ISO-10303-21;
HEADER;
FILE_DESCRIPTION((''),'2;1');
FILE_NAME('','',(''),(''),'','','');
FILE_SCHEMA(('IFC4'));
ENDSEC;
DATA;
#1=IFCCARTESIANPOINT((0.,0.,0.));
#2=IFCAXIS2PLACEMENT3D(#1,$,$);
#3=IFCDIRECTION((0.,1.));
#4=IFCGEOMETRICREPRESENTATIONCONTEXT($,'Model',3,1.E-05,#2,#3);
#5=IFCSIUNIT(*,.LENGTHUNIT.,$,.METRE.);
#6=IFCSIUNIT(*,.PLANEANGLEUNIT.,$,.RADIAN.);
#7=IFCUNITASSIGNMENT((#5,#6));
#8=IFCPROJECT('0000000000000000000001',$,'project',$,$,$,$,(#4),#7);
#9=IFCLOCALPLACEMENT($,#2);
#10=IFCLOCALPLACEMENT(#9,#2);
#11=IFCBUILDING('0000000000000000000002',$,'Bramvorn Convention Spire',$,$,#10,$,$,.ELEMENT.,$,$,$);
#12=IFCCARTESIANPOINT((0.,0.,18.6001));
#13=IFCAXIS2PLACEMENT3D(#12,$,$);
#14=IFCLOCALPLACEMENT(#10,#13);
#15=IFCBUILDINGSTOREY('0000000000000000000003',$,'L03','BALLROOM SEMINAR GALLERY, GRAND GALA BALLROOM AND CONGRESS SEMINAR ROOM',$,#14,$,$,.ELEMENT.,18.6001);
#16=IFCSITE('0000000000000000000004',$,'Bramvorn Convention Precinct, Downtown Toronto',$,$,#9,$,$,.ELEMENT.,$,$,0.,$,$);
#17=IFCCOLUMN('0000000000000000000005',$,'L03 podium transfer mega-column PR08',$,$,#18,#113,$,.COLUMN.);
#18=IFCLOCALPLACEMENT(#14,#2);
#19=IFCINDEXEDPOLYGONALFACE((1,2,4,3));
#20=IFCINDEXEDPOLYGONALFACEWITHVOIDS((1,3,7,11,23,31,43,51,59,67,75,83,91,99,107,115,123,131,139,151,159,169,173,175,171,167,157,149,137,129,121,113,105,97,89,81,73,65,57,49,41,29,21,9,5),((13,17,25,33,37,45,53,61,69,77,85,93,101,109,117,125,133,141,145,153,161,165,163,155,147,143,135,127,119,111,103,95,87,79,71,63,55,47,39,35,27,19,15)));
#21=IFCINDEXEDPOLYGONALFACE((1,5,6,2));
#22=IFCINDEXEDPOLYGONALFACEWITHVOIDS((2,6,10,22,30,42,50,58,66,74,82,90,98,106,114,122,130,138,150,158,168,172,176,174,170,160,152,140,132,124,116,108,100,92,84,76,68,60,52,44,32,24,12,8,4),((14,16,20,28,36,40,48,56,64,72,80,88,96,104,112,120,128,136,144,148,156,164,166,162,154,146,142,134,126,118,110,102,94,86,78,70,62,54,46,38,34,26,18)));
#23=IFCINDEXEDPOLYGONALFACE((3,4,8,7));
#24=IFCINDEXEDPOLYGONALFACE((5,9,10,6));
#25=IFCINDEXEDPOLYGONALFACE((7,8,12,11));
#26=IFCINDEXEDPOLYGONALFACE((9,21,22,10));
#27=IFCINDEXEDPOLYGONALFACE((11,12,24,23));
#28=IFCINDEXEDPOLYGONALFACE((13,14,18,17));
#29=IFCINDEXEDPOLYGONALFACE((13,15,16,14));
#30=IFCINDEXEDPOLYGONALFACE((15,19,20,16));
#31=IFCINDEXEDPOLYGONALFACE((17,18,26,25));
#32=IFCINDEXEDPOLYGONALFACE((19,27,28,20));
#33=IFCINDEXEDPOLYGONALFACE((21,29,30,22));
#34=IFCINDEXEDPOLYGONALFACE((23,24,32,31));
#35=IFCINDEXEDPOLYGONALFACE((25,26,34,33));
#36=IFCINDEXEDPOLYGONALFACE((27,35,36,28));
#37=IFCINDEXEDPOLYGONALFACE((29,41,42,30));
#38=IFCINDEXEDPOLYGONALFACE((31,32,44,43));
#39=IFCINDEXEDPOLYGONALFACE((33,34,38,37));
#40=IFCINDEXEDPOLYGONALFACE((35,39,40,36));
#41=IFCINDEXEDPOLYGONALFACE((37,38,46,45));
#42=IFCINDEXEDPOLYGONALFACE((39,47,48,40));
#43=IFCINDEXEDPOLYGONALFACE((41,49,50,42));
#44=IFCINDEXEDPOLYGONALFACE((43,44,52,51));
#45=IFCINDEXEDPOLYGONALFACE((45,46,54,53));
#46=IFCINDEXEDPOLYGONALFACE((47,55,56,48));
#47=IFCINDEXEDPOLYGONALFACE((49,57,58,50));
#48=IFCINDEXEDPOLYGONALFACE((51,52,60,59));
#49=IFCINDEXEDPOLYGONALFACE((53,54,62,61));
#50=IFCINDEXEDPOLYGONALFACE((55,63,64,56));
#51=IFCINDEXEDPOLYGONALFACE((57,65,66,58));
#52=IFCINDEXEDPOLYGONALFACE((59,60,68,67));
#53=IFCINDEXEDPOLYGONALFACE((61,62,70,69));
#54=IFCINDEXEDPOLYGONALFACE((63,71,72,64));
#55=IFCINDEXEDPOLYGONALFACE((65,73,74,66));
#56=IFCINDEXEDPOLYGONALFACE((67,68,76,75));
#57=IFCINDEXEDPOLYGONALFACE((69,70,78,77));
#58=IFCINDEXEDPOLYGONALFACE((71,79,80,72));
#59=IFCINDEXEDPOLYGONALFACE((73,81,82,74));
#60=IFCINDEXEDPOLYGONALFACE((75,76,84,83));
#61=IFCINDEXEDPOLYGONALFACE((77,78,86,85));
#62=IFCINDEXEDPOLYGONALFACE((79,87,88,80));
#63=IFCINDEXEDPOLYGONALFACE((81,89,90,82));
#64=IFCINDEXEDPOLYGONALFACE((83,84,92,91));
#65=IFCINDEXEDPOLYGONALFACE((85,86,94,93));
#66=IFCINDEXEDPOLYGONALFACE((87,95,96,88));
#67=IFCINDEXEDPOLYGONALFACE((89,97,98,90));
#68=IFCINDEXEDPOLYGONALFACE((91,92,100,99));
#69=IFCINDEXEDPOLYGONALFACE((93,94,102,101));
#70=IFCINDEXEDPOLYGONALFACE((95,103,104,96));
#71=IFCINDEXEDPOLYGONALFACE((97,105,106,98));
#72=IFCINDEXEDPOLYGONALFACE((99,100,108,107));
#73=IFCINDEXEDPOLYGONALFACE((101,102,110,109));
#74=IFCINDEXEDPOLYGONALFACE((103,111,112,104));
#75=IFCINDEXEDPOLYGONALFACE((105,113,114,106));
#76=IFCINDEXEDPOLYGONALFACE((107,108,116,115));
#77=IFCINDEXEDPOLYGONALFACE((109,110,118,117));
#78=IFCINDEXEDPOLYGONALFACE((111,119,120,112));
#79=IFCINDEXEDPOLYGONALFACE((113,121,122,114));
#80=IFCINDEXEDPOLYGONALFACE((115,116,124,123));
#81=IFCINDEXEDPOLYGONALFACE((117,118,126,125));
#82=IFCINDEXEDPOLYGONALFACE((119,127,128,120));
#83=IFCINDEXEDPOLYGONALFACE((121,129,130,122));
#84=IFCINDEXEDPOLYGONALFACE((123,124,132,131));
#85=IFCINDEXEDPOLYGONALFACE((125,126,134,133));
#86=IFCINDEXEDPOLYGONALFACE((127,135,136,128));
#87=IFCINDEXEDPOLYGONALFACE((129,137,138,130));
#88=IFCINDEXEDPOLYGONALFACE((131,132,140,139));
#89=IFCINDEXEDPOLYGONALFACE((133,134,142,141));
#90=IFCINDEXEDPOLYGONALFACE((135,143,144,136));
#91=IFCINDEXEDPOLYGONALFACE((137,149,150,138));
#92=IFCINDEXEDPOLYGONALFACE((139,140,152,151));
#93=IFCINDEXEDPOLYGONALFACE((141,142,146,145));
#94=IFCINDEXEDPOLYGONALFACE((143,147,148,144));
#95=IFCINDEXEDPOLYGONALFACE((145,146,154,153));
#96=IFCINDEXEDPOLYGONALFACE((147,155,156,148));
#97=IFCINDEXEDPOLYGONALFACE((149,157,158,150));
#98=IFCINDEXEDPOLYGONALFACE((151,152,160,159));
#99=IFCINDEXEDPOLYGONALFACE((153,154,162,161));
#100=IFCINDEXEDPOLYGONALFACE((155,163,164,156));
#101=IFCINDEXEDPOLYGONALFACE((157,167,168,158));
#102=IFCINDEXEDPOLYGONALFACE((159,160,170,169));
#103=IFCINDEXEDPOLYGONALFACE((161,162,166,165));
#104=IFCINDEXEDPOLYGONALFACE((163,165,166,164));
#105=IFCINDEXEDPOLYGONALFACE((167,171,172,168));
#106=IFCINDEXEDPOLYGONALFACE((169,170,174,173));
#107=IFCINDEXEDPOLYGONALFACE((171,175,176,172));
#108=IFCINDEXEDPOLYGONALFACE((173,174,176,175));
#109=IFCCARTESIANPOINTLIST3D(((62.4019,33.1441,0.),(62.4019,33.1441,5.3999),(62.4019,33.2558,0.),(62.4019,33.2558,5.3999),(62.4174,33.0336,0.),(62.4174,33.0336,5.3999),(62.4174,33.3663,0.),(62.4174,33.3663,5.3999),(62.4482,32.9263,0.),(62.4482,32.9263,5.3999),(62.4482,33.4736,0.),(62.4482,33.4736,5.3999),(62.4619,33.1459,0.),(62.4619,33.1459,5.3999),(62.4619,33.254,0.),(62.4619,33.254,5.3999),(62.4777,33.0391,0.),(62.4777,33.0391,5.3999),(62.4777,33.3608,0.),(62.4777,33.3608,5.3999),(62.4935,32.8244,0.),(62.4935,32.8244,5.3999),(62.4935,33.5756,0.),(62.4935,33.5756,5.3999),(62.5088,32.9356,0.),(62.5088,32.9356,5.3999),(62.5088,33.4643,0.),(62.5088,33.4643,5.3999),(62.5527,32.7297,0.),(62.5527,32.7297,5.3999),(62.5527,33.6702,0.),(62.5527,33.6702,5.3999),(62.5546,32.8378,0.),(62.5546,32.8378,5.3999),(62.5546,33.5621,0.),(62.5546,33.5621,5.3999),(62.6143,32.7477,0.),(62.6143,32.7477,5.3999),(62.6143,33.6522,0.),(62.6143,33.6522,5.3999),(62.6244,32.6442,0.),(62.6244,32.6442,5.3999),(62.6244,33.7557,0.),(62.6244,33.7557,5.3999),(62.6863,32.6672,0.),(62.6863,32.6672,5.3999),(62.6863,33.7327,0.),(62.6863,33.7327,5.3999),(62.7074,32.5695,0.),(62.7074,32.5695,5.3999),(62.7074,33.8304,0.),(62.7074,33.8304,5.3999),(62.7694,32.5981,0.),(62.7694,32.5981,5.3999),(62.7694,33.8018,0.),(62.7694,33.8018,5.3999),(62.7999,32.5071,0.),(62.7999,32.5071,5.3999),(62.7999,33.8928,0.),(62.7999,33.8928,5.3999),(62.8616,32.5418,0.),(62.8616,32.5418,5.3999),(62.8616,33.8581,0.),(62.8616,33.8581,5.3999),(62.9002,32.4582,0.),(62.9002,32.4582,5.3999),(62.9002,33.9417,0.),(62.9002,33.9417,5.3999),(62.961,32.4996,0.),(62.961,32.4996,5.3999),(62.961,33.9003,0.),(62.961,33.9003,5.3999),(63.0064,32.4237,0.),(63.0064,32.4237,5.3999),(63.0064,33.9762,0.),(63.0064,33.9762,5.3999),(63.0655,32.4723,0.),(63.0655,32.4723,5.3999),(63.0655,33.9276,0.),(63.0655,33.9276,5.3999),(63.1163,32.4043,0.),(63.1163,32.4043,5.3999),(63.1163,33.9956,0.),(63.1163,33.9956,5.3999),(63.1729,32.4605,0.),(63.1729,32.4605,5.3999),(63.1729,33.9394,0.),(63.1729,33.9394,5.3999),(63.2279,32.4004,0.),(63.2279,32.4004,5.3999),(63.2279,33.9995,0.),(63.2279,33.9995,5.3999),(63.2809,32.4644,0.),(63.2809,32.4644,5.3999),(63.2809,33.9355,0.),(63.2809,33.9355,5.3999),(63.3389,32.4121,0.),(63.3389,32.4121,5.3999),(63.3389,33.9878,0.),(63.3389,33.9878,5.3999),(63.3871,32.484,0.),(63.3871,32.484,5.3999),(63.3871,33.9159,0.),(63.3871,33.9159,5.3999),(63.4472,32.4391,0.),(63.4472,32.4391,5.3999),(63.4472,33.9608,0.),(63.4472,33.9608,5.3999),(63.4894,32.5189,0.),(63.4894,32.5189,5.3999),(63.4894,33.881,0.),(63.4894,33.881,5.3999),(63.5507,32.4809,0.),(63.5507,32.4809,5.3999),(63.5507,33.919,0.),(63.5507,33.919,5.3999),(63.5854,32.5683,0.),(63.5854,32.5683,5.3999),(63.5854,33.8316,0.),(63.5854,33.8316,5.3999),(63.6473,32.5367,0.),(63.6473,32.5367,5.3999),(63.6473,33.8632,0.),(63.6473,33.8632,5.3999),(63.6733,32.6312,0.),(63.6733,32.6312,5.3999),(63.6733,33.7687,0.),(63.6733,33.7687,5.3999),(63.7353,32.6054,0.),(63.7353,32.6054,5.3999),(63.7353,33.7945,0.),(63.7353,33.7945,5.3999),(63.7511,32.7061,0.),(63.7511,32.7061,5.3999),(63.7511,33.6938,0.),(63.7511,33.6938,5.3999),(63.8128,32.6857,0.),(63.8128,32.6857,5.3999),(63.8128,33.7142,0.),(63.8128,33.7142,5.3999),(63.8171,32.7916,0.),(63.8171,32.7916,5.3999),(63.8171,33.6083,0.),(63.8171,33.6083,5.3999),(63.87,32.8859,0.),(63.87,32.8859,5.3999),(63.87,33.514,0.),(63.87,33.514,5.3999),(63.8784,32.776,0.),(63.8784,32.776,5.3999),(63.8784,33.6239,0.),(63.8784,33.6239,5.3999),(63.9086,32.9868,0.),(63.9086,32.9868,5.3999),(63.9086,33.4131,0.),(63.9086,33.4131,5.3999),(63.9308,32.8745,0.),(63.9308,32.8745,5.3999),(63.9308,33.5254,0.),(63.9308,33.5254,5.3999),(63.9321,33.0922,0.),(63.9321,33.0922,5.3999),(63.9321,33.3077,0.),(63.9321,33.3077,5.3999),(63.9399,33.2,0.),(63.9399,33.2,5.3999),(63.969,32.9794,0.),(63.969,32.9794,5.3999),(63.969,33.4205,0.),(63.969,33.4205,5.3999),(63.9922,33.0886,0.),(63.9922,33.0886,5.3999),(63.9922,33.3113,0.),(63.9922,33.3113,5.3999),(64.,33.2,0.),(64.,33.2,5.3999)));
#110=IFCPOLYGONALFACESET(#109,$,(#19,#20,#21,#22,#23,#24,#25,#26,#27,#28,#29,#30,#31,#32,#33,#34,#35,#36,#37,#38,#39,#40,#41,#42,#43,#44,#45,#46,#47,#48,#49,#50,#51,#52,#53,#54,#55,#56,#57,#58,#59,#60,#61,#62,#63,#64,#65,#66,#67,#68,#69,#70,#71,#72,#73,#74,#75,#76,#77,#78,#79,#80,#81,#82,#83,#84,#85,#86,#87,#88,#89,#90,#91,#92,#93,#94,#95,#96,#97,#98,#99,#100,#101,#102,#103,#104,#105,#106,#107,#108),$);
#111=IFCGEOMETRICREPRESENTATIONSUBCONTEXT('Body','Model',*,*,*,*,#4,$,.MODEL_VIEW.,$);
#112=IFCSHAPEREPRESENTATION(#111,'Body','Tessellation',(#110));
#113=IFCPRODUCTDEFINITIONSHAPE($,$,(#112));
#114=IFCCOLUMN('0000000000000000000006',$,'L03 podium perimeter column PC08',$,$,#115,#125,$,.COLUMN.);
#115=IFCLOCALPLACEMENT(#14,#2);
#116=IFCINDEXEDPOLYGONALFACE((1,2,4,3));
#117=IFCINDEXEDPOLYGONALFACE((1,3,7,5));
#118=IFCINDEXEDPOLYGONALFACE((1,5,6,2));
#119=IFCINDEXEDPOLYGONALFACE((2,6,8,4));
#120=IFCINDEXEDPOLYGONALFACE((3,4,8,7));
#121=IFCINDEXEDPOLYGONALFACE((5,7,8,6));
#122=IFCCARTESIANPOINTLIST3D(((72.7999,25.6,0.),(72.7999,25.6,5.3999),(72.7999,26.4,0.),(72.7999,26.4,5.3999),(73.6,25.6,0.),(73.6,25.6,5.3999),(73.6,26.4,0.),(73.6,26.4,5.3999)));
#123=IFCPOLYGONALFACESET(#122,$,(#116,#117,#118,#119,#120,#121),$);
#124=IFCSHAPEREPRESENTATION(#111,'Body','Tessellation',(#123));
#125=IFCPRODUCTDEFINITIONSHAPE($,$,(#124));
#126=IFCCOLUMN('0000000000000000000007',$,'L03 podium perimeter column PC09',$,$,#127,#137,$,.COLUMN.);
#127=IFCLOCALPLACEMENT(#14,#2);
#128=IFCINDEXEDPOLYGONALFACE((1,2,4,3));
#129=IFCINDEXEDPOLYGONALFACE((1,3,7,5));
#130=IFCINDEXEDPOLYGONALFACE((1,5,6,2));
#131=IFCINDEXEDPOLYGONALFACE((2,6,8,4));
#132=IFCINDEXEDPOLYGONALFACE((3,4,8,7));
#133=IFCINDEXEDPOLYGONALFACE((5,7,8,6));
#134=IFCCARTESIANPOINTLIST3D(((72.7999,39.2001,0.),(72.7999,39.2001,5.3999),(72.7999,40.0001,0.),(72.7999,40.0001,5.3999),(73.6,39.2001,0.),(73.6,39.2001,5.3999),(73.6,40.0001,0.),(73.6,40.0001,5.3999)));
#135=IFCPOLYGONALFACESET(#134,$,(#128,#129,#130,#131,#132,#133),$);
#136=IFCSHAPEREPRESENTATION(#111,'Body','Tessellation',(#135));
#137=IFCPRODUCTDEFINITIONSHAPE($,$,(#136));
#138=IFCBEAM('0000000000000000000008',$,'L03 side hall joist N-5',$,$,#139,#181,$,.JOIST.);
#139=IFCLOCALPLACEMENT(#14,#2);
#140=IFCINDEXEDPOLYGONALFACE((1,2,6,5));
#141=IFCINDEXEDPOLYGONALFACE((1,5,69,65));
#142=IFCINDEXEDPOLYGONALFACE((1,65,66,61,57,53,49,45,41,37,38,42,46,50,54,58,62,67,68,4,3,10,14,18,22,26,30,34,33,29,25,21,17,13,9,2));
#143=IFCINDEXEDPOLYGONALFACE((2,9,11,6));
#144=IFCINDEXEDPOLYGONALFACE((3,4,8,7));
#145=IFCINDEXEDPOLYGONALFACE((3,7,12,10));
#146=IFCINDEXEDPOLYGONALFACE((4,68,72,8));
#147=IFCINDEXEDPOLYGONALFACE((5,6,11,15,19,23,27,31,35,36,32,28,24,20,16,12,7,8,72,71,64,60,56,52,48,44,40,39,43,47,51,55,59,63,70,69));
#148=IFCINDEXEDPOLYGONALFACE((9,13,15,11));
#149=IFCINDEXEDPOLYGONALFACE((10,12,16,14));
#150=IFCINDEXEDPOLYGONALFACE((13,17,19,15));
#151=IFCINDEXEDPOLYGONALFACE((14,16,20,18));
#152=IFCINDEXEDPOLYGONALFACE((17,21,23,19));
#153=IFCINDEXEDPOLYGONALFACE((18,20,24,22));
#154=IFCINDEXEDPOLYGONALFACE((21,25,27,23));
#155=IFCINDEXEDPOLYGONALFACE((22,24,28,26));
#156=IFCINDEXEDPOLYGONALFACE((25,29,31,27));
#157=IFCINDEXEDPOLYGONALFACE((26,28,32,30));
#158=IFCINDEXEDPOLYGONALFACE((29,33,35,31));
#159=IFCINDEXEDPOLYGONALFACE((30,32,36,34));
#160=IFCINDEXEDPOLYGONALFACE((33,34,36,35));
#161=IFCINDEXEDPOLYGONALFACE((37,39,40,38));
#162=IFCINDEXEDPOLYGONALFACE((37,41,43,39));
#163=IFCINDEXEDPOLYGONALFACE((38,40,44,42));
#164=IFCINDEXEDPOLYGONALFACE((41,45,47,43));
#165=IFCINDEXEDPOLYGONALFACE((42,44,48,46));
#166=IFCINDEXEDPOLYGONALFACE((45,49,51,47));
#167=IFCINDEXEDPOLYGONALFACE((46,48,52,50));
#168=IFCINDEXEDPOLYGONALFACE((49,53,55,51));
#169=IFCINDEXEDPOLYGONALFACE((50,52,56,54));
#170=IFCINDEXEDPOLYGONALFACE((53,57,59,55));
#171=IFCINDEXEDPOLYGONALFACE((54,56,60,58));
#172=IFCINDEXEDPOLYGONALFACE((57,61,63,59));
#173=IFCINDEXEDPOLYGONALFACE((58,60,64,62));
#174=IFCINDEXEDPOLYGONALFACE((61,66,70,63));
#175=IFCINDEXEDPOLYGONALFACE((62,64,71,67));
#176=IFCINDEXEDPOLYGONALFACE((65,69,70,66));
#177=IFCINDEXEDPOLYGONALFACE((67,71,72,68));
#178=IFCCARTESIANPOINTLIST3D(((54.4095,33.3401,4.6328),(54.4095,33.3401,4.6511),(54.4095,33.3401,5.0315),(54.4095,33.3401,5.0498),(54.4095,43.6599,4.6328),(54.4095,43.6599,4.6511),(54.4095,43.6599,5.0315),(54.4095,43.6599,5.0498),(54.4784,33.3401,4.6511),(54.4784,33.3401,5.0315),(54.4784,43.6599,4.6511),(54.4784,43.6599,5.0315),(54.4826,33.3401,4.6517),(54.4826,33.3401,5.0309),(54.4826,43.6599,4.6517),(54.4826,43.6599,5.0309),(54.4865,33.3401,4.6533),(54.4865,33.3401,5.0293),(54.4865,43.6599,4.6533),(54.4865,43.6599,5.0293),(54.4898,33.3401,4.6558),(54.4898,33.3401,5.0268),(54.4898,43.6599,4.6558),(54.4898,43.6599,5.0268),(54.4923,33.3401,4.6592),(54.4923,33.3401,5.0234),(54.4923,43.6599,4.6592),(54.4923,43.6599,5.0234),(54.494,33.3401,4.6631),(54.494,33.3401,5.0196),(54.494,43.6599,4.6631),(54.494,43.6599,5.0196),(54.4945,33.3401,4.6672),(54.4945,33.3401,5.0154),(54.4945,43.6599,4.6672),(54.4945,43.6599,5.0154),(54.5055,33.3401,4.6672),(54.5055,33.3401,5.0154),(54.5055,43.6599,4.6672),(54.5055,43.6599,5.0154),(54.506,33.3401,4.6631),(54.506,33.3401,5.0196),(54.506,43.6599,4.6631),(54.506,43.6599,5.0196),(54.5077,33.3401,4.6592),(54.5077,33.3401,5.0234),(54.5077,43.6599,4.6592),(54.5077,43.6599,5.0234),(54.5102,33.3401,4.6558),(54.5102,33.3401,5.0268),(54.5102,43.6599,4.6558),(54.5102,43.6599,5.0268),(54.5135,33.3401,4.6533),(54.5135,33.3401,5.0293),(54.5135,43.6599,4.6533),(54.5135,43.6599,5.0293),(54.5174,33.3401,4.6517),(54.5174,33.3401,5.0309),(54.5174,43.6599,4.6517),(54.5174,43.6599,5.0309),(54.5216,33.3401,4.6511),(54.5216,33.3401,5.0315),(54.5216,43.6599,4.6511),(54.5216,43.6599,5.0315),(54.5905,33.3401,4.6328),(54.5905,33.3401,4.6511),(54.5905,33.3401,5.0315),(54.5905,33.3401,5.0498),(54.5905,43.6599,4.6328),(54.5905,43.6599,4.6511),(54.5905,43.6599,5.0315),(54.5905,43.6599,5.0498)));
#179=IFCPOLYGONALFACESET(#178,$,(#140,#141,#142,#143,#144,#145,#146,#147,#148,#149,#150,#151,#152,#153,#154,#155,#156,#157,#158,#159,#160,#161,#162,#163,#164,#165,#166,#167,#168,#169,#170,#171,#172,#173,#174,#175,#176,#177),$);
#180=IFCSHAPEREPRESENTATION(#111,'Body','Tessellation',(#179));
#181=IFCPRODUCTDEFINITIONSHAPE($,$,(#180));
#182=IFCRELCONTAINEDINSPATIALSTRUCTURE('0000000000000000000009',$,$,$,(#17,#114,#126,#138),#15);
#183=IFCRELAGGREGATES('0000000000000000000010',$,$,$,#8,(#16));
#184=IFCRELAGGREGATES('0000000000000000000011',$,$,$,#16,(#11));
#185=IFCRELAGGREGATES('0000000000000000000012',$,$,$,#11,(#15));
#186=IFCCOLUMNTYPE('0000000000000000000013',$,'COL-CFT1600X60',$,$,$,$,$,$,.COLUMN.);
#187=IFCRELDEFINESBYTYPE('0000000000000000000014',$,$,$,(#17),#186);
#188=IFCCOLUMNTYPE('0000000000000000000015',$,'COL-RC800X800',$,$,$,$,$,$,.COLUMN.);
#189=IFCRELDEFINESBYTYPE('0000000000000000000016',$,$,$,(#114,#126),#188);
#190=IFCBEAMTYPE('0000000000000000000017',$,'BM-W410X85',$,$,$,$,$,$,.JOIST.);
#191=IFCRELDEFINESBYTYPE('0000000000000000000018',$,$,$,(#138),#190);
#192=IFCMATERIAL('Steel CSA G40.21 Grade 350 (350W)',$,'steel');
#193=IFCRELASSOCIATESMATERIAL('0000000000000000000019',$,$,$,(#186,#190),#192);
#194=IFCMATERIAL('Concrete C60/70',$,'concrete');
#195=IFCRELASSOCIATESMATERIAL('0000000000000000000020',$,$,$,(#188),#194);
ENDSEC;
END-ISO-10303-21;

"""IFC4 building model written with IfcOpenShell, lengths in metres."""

from ifc_helpers import new_model, si_unit, direction, frame, origin, origin_2d, place, context, subcontext, project, spatial, rectangle, hollow_circle, i_section, extrude, material, material_profile, profile_set, type_object, element, save


model = new_model("IFC4")

# Units and contexts
model_context = context("Model", 3, precision=1e-05, world=origin(), true_north=direction((0.0, 1.0)))
body_context = subcontext(model_context, "Body", "Model", "MODEL_VIEW")
ifc_project = project(units=[si_unit("LENGTHUNIT", "METRE"), si_unit("PLANEANGLEUNIT", "RADIAN")], contexts=[model_context])

# Site, building, storey
site_placement = place(None, origin())
site = spatial("IfcSite", under=ifc_project, at=site_placement, Name="Bramvorn Convention Precinct, Downtown Toronto", CompositionType="ELEMENT", RefElevation=0.0)
building_placement = place(site_placement, origin())
building = spatial("IfcBuilding", under=site, at=building_placement, Name="Bramvorn Convention Spire", CompositionType="ELEMENT")
storey_placement = place(building_placement, frame((0.0, 0.0, 18.6001)))
storey = spatial("IfcBuildingStorey", under=building, at=storey_placement, Name="L03", Description="BALLROOM SEMINAR GALLERY, GRAND GALA BALLROOM AND CONGRESS SEMINAR ROOM", CompositionType="ELEMENT", Elevation=18.6001)

# Columns
ifc_material_1 = material(Name="Steel CSA G40.21 Grade 350 (350W)", Category="steel")
ifc_material_profile_1 = material_profile(ifc_material_1, hollow_circle(Radius=0.8, WallThickness=0.0601, at=origin_2d()))
ifc_profile_set_1 = profile_set([ifc_material_profile_1], Name="Steel CSA G40.21 Grade 350 (350W) - CFT1600X60")
column_type_1 = type_object("IfcColumnType", Name="COL-CFT1600X60", PredefinedType="COLUMN", material=ifc_profile_set_1)
column_placement = place(storey_placement, frame((63.2, 33.2, 0.0), z_axis=(0.0, 0.0, 1.0), x_axis=(1.0, 0.0, 0.0)))
element("IfcColumn", 1, at=column_placement, inside=storey, type_object=column_type_1, Name="L03 podium transfer mega-column PR08", PredefinedType="COLUMN", context=body_context, shape_type="SweptSolid", body=[
    extrude(hollow_circle(Radius=0.8, WallThickness=0.0601, at=origin_2d()), origin(), (0.0, 0.0, 1.0), 5.3999),
])
ifc_material_2 = material(Name="Concrete C60/70", Category="concrete")
ifc_material_profile_2 = material_profile(ifc_material_2, rectangle(XDim=0.8, YDim=0.8, at=origin_2d()))
ifc_profile_set_2 = profile_set([ifc_material_profile_2], Name="Concrete C60/70 - RC800X800")
column_type_2 = type_object("IfcColumnType", Name="COL-RC800X800", PredefinedType="COLUMN", material=ifc_profile_set_2)
for number, where, z_axis, x_axis, name in (
    (2, (73.2, 26.0, 0.0), (0.0, 0.0, 1.0), (1.0, 0.0, 0.0), "L03 podium perimeter column PC08"),
    (3, (73.2, 39.6001, 0.0), (0.0, 0.0, 1.0), (1.0, 0.0, 0.0), "L03 podium perimeter column PC09"),
):
    element("IfcColumn", number, at=place(storey_placement, frame(where, z_axis=z_axis, x_axis=x_axis)), inside=storey, type_object=column_type_2, Name=name, PredefinedType="COLUMN", context=body_context, shape_type="SweptSolid", body=[
        extrude(rectangle(XDim=0.8, YDim=0.8, at=origin_2d()), origin(), (0.0, 0.0, 1.0), 5.3999),
    ])

# Beam
ifc_material_profile_3 = material_profile(ifc_material_1, i_section(OverallWidth=0.1809, OverallDepth=0.417, WebThickness=0.011, FlangeThickness=0.0183, FilletRadius=0.0161, at=origin_2d()))
ifc_profile_set_3 = profile_set([ifc_material_profile_3], Name="Steel CSA G40.21 Grade 350 (350W) - W410X85")
beam_type_1 = type_object("IfcBeamType", Name="BM-W410X85", PredefinedType="JOIST", material=ifc_profile_set_3)
for number, where, z_axis, x_axis, name in (
    (4, (54.5, 33.3401, 4.8413), (0.0, 1.0, 0.0), (-1.0, 0.0, 0.0), "L03 side hall joist N-5"),
):
    element("IfcBeam", number, at=place(storey_placement, frame(where, z_axis=z_axis, x_axis=x_axis)), inside=storey, type_object=beam_type_1, Name=name, PredefinedType="JOIST", context=body_context, shape_type="SweptSolid", body=[
        extrude(i_section(OverallWidth=0.1809, OverallDepth=0.417, WebThickness=0.011, FlangeThickness=0.0183, FilletRadius=0.0161, at=origin_2d()), origin(), (0.0, 0.0, 1.0), 10.3198),
    ])

save(model, "model.ifc")
